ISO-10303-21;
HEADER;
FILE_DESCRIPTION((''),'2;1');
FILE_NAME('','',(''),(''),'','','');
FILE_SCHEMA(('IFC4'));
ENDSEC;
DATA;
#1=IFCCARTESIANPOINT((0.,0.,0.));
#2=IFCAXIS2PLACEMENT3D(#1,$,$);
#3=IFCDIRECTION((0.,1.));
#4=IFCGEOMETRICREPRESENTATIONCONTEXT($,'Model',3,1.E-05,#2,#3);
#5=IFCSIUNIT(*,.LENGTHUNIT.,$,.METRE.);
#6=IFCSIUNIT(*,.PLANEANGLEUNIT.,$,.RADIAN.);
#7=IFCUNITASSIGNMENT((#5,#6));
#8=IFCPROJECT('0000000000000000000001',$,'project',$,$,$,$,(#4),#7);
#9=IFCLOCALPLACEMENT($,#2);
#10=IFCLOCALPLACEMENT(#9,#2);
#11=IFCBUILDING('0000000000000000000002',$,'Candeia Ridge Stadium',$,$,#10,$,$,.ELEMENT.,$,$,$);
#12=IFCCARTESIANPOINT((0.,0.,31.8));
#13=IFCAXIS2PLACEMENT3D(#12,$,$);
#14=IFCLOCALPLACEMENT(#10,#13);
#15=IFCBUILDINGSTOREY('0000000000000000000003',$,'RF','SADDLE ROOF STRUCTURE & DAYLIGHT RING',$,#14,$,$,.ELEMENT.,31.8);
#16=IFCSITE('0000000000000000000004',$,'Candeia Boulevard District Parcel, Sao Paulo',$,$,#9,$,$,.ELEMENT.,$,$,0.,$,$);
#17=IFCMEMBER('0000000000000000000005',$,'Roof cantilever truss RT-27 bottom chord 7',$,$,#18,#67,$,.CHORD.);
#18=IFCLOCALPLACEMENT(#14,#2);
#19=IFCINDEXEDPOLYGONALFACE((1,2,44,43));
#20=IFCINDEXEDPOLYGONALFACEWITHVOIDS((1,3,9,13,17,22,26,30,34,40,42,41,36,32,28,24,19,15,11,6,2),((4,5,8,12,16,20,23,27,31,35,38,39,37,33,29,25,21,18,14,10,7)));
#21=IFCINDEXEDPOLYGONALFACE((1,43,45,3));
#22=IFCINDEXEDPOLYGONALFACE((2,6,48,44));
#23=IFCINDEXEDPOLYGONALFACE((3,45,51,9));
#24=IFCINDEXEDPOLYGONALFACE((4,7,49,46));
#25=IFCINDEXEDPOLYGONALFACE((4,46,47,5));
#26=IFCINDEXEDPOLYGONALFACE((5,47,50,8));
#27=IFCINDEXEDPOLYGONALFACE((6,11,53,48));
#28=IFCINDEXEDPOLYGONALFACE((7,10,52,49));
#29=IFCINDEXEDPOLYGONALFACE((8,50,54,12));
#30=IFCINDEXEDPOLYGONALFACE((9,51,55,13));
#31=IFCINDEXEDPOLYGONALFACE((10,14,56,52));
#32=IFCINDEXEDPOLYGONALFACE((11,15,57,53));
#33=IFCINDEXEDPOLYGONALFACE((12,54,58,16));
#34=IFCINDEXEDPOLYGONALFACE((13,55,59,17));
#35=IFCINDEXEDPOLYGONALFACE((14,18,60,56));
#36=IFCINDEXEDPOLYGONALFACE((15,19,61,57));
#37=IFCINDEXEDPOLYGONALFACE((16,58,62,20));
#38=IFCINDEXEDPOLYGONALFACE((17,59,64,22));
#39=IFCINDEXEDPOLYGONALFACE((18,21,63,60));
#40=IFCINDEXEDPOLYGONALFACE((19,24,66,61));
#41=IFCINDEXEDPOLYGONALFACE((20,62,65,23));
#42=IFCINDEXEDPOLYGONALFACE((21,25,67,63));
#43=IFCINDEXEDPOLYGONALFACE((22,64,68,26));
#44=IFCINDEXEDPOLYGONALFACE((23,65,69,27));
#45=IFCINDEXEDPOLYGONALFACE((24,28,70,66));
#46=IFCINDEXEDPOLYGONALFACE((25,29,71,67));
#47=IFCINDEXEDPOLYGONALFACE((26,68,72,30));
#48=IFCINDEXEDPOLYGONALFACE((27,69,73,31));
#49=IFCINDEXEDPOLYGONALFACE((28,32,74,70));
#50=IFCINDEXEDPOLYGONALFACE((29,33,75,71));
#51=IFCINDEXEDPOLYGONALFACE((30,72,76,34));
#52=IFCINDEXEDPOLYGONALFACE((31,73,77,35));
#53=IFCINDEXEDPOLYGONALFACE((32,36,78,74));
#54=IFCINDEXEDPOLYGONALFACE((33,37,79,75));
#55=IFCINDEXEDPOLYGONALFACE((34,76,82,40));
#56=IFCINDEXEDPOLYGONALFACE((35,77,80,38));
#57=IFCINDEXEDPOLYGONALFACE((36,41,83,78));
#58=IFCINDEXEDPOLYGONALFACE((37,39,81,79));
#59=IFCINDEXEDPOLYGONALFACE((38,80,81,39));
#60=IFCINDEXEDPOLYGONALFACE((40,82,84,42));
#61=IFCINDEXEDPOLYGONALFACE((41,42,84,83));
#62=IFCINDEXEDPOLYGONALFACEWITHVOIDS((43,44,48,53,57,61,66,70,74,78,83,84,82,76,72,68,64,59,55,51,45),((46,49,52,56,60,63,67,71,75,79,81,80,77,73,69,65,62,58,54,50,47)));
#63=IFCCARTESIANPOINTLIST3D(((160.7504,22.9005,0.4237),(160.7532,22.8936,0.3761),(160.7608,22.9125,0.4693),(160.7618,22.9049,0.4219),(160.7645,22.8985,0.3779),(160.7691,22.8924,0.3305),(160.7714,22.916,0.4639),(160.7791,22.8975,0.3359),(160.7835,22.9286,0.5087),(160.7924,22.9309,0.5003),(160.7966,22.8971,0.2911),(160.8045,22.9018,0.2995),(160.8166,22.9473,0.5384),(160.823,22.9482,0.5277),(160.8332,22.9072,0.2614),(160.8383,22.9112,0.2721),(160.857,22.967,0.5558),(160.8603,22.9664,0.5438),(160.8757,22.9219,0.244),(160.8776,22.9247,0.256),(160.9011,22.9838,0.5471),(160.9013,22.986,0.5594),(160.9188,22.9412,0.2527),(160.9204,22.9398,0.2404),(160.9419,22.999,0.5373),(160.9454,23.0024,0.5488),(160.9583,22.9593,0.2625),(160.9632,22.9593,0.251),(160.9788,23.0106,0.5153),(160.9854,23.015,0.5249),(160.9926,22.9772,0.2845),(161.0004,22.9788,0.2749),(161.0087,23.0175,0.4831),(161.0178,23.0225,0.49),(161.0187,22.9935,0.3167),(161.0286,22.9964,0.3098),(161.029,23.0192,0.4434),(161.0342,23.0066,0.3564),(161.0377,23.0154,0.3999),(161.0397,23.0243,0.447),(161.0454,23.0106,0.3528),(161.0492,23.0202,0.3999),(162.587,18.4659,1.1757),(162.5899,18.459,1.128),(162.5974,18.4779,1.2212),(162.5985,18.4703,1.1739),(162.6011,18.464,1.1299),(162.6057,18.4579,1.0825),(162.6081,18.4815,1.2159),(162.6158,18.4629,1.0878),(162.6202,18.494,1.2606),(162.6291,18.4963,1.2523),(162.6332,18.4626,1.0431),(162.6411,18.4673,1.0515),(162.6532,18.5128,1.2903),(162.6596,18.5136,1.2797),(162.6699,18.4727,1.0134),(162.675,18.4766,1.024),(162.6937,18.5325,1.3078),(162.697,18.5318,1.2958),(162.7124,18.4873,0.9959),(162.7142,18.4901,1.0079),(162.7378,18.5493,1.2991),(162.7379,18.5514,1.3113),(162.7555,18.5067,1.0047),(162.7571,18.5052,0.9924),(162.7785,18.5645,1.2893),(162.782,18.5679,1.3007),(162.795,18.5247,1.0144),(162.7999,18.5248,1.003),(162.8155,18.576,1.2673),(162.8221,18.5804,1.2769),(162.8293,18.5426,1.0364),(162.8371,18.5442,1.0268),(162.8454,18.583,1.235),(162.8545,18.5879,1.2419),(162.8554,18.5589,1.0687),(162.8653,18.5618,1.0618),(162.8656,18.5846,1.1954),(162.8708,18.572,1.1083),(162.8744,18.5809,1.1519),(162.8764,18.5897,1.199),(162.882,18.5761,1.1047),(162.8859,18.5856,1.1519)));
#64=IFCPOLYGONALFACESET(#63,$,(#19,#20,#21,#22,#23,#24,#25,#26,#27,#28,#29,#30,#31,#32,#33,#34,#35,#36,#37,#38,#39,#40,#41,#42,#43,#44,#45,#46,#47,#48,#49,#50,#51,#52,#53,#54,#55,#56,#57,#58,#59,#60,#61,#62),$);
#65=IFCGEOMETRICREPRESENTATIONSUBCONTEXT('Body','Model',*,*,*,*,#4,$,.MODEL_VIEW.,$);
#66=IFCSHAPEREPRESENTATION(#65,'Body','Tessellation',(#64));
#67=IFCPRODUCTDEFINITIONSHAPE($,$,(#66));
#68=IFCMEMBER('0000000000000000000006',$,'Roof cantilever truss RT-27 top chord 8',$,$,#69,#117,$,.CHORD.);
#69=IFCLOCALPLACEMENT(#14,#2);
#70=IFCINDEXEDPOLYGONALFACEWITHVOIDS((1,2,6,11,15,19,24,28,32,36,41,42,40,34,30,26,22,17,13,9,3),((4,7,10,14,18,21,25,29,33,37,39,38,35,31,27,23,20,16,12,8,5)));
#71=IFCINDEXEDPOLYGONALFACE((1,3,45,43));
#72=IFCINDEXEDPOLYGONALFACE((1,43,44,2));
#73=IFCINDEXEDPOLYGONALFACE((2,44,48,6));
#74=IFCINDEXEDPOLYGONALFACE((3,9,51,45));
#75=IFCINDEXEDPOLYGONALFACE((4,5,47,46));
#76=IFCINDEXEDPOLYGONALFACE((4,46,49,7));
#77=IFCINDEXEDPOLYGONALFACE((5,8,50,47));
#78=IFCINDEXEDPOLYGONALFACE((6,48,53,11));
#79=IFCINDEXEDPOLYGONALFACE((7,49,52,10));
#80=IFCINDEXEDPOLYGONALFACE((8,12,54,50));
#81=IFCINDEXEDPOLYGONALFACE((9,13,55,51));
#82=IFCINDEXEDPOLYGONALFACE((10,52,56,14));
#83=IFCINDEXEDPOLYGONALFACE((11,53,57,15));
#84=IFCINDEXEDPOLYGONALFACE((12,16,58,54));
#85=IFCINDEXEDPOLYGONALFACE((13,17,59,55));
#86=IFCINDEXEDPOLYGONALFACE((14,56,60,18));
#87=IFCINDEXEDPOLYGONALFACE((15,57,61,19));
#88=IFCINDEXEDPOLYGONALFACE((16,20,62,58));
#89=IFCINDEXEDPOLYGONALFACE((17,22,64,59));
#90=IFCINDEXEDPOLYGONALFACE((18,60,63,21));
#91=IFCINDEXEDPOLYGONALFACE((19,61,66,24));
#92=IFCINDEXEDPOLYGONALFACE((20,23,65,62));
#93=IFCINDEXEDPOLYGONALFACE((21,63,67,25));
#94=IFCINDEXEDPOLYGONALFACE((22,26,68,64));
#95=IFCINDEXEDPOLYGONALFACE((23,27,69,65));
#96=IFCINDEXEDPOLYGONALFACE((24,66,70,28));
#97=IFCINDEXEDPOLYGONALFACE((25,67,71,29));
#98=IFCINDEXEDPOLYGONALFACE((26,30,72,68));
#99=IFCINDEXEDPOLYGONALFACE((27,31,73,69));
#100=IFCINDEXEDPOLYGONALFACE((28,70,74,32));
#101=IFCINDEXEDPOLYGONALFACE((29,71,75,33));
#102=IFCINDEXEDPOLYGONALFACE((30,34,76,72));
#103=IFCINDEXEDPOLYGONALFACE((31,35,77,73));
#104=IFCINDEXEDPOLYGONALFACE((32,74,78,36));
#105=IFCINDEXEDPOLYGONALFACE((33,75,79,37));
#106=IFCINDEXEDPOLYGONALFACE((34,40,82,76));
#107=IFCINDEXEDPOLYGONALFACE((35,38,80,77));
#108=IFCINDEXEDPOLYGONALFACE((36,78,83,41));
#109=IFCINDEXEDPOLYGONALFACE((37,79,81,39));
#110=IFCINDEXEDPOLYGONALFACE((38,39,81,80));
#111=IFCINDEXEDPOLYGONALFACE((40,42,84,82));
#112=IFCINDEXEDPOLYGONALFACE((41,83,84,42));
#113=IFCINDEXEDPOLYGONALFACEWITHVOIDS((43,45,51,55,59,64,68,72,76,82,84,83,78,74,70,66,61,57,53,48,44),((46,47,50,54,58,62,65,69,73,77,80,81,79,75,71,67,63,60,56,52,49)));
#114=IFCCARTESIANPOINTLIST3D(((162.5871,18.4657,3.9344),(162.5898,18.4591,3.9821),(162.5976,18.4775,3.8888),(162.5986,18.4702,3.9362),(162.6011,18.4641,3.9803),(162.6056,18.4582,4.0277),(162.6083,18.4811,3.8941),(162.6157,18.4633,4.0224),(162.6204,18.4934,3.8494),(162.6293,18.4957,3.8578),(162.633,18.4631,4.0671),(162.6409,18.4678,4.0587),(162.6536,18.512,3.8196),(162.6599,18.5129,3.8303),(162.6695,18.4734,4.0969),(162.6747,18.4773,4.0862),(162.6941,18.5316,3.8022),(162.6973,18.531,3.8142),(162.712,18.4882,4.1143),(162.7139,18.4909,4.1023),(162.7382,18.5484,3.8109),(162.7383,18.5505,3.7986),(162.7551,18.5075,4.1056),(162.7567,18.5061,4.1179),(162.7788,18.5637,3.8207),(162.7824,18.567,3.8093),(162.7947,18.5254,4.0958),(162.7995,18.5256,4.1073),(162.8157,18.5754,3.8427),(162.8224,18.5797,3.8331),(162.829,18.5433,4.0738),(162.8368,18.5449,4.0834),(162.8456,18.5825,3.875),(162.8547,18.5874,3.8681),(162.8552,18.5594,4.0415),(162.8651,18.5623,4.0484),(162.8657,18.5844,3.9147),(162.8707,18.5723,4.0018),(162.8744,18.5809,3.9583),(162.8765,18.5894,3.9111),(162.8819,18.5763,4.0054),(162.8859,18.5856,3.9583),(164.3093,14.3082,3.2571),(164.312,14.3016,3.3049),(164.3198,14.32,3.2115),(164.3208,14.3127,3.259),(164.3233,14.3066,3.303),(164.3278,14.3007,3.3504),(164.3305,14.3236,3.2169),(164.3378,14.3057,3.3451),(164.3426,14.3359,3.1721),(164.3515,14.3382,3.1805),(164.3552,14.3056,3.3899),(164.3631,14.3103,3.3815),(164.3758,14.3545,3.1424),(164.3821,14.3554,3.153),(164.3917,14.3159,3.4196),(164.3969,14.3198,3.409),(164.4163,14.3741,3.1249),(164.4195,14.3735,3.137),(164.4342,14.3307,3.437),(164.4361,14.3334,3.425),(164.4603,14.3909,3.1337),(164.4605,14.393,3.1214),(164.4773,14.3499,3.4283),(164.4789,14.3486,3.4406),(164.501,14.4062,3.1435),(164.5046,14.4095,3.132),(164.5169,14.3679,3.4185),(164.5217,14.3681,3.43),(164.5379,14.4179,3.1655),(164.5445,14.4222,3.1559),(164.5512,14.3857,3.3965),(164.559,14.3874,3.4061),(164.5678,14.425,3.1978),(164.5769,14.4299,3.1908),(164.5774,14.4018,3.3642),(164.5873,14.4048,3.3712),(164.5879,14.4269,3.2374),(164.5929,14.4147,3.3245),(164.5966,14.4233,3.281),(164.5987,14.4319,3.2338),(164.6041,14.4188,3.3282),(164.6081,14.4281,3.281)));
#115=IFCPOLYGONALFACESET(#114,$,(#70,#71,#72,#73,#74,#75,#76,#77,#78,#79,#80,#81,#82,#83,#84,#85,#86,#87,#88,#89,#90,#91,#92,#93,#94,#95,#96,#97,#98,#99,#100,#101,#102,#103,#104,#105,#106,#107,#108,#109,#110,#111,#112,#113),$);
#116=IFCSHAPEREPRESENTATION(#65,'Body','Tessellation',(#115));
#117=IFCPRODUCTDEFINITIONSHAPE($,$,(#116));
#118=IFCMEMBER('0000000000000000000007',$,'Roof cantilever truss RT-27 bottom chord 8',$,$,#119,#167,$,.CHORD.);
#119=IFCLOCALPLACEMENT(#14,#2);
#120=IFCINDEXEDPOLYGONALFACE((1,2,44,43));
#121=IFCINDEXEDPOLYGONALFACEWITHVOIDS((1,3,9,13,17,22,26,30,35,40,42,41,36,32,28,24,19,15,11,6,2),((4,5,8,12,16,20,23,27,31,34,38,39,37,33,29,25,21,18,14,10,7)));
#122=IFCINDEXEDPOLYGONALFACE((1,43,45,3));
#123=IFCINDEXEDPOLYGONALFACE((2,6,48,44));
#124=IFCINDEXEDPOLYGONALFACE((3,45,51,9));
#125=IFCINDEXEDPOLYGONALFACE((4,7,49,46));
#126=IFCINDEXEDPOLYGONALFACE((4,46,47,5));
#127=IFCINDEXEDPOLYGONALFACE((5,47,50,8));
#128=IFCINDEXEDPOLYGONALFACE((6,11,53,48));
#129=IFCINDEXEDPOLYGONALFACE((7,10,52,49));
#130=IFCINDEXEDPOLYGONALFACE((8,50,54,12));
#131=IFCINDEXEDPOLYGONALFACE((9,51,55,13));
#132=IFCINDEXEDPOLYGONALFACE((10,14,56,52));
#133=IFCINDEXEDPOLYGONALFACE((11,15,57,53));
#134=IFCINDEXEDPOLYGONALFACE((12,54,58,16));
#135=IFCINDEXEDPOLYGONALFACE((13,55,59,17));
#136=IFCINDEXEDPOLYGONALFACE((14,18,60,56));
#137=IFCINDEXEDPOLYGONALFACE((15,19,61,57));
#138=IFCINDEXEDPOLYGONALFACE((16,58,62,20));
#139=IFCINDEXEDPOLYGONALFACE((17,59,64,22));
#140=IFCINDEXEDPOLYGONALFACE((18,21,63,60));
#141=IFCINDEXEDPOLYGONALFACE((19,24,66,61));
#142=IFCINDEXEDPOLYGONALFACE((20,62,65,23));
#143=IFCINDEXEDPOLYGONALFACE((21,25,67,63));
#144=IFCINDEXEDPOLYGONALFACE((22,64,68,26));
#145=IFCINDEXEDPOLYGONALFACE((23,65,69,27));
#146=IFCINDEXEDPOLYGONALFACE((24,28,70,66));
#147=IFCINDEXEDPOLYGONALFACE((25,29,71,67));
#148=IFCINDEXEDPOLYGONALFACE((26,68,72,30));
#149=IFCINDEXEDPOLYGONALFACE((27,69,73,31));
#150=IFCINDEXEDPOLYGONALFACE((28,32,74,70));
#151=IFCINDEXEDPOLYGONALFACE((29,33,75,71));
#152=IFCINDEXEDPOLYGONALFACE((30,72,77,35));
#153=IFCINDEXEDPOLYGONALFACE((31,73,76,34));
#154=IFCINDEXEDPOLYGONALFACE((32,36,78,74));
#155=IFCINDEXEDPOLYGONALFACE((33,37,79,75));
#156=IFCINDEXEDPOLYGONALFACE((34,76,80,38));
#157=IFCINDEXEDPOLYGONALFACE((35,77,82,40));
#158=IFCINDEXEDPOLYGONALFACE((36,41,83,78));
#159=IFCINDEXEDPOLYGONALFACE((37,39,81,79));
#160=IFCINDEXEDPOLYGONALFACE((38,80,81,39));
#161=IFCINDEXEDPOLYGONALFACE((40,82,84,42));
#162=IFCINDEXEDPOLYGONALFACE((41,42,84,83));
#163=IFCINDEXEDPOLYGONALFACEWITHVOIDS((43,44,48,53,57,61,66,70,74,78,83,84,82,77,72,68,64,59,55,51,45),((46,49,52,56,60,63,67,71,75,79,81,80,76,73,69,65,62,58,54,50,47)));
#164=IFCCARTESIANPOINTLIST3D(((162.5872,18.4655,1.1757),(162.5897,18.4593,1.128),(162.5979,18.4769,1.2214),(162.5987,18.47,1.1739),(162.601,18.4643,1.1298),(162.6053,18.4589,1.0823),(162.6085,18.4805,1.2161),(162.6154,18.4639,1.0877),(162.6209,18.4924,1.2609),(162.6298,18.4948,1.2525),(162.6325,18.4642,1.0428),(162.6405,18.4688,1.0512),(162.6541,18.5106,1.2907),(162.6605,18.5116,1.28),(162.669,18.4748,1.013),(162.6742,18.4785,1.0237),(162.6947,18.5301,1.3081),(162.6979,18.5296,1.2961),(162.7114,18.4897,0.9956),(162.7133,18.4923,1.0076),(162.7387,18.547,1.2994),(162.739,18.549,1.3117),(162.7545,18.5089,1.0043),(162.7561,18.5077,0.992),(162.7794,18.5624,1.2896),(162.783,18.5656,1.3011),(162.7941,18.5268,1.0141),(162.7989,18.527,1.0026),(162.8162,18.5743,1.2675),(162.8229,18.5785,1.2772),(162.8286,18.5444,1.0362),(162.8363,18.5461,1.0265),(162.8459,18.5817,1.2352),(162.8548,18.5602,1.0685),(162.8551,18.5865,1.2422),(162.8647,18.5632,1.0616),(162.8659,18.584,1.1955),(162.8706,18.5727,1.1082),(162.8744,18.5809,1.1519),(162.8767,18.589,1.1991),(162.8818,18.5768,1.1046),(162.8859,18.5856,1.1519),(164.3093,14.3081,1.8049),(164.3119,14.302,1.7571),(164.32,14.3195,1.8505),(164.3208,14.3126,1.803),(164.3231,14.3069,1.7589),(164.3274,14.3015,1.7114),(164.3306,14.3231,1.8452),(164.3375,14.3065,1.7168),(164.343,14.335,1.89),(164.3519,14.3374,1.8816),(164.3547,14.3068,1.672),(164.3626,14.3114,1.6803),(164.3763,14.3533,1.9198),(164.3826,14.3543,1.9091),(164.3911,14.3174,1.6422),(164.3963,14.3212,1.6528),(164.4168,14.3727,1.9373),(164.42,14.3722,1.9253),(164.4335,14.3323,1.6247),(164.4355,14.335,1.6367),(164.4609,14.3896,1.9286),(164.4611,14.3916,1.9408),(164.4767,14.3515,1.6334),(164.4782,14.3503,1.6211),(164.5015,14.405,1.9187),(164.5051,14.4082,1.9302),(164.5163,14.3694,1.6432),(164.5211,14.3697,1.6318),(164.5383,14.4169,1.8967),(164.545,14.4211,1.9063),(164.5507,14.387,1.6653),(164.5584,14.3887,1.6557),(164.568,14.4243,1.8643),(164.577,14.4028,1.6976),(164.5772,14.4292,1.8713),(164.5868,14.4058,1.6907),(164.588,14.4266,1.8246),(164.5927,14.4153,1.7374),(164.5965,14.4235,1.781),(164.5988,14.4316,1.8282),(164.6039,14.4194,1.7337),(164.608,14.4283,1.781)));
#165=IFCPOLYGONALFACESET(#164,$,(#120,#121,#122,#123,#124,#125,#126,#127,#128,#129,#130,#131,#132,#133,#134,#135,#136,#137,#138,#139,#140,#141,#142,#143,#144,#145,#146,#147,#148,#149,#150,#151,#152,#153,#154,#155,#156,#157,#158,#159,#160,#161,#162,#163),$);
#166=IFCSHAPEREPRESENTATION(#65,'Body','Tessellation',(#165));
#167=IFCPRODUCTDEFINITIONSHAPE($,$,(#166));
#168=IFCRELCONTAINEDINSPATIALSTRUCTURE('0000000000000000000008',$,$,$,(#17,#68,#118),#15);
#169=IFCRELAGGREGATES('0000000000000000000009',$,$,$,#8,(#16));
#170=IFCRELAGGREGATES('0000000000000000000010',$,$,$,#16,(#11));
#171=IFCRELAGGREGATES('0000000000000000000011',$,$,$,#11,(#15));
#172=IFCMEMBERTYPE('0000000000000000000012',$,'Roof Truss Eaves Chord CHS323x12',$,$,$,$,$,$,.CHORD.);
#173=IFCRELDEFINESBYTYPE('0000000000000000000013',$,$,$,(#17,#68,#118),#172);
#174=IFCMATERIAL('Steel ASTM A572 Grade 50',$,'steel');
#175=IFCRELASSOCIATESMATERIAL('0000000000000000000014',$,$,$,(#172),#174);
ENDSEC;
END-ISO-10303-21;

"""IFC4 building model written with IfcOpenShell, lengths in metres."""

from ifc_helpers import new_model, si_unit, direction, frame, origin, origin_2d, place, context, subcontext, project, spatial, hollow_circle, extrude, material, material_profile, profile_set, type_object, element, save


model = new_model("IFC4")

# Units and contexts
model_context = context("Model", 3, precision=1e-05, world=origin(), true_north=direction((0.0, 1.0)))
body_context = subcontext(model_context, "Body", "Model", "MODEL_VIEW")
ifc_project = project(units=[si_unit("LENGTHUNIT", "METRE"), si_unit("PLANEANGLEUNIT", "RADIAN")], contexts=[model_context])

# Site, building, storey
site_placement = place(None, origin())
site = spatial("IfcSite", under=ifc_project, at=site_placement, Name="Candeia Boulevard District Parcel, Sao Paulo", CompositionType="ELEMENT", RefElevation=0.0)
building_placement = place(site_placement, origin())
building = spatial("IfcBuilding", under=site, at=building_placement, Name="Candeia Ridge Stadium", CompositionType="ELEMENT")
storey_placement = place(building_placement, frame((0.0, 0.0, 31.8)))
storey = spatial("IfcBuildingStorey", under=building, at=storey_placement, Name="RF", Description="SADDLE ROOF STRUCTURE & DAYLIGHT RING", CompositionType="ELEMENT", Elevation=31.8)

# Shared definitions
ifc_material_1 = material(Name="Steel ASTM A572 Grade 50", Category="steel")

# Members
ifc_material_profile_1 = material_profile(ifc_material_1, hollow_circle(Radius=0.1619, WallThickness=0.0125, at=origin_2d()), Name="CHS323x12", Category="steel")
ifc_profile_set_1 = profile_set([ifc_material_profile_1], Name="Steel ASTM A572 Grade 50")
member_type_1 = type_object("IfcMemberType", Name="Roof Truss Eaves Chord CHS323x12", PredefinedType="CHORD", material=ifc_profile_set_1)
member_1_placement = place(storey_placement, frame((160.8997, 22.9583, 0.3999), z_axis=(0.378039, -0.912761, 0.154773), x_axis=(0.923893, 0.38265, 0.0)))
element("IfcMember", 1, at=member_1_placement, inside=storey, type_object=member_type_1, Name="Roof cantilever truss RT-27 bottom chord 7", PredefinedType="CHORD", context=body_context, shape_type="SweptSolid", body=[
    extrude(hollow_circle(Radius=0.1619, WallThickness=0.0125, at=origin_2d()), origin(), (0.0, 0.0, 1.0), 4.8584),
])
member_2_placement = place(storey_placement, frame((162.7363, 18.5237, 3.9583), z_axis=(0.378438, -0.913584, -0.148822), x_axis=(0.923873, 0.3827, 0.0)))
element("IfcMember", 2, at=member_2_placement, inside=storey, type_object=member_type_1, Name="Roof cantilever truss RT-27 top chord 8", PredefinedType="CHORD", context=body_context, shape_type="SweptSolid", body=[
    extrude(hollow_circle(Radius=0.1619, WallThickness=0.0125, at=origin_2d()), origin(), (0.0, 0.0, 1.0), 4.5508),
])
member_3_placement = place(storey_placement, frame((162.7363, 18.5237, 1.1519), z_axis=(0.379014, -0.914974, 0.138463), x_axis=(0.923873, 0.3827, 0.0)))
element("IfcMember", 3, at=member_3_placement, inside=storey, type_object=member_type_1, Name="Roof cantilever truss RT-27 bottom chord 8", PredefinedType="CHORD", context=body_context, shape_type="SweptSolid", body=[
    extrude(hollow_circle(Radius=0.1619, WallThickness=0.0125, at=origin_2d()), origin(), (0.0, 0.0, 1.0), 4.5437),
])

save(model, "model.ifc")
